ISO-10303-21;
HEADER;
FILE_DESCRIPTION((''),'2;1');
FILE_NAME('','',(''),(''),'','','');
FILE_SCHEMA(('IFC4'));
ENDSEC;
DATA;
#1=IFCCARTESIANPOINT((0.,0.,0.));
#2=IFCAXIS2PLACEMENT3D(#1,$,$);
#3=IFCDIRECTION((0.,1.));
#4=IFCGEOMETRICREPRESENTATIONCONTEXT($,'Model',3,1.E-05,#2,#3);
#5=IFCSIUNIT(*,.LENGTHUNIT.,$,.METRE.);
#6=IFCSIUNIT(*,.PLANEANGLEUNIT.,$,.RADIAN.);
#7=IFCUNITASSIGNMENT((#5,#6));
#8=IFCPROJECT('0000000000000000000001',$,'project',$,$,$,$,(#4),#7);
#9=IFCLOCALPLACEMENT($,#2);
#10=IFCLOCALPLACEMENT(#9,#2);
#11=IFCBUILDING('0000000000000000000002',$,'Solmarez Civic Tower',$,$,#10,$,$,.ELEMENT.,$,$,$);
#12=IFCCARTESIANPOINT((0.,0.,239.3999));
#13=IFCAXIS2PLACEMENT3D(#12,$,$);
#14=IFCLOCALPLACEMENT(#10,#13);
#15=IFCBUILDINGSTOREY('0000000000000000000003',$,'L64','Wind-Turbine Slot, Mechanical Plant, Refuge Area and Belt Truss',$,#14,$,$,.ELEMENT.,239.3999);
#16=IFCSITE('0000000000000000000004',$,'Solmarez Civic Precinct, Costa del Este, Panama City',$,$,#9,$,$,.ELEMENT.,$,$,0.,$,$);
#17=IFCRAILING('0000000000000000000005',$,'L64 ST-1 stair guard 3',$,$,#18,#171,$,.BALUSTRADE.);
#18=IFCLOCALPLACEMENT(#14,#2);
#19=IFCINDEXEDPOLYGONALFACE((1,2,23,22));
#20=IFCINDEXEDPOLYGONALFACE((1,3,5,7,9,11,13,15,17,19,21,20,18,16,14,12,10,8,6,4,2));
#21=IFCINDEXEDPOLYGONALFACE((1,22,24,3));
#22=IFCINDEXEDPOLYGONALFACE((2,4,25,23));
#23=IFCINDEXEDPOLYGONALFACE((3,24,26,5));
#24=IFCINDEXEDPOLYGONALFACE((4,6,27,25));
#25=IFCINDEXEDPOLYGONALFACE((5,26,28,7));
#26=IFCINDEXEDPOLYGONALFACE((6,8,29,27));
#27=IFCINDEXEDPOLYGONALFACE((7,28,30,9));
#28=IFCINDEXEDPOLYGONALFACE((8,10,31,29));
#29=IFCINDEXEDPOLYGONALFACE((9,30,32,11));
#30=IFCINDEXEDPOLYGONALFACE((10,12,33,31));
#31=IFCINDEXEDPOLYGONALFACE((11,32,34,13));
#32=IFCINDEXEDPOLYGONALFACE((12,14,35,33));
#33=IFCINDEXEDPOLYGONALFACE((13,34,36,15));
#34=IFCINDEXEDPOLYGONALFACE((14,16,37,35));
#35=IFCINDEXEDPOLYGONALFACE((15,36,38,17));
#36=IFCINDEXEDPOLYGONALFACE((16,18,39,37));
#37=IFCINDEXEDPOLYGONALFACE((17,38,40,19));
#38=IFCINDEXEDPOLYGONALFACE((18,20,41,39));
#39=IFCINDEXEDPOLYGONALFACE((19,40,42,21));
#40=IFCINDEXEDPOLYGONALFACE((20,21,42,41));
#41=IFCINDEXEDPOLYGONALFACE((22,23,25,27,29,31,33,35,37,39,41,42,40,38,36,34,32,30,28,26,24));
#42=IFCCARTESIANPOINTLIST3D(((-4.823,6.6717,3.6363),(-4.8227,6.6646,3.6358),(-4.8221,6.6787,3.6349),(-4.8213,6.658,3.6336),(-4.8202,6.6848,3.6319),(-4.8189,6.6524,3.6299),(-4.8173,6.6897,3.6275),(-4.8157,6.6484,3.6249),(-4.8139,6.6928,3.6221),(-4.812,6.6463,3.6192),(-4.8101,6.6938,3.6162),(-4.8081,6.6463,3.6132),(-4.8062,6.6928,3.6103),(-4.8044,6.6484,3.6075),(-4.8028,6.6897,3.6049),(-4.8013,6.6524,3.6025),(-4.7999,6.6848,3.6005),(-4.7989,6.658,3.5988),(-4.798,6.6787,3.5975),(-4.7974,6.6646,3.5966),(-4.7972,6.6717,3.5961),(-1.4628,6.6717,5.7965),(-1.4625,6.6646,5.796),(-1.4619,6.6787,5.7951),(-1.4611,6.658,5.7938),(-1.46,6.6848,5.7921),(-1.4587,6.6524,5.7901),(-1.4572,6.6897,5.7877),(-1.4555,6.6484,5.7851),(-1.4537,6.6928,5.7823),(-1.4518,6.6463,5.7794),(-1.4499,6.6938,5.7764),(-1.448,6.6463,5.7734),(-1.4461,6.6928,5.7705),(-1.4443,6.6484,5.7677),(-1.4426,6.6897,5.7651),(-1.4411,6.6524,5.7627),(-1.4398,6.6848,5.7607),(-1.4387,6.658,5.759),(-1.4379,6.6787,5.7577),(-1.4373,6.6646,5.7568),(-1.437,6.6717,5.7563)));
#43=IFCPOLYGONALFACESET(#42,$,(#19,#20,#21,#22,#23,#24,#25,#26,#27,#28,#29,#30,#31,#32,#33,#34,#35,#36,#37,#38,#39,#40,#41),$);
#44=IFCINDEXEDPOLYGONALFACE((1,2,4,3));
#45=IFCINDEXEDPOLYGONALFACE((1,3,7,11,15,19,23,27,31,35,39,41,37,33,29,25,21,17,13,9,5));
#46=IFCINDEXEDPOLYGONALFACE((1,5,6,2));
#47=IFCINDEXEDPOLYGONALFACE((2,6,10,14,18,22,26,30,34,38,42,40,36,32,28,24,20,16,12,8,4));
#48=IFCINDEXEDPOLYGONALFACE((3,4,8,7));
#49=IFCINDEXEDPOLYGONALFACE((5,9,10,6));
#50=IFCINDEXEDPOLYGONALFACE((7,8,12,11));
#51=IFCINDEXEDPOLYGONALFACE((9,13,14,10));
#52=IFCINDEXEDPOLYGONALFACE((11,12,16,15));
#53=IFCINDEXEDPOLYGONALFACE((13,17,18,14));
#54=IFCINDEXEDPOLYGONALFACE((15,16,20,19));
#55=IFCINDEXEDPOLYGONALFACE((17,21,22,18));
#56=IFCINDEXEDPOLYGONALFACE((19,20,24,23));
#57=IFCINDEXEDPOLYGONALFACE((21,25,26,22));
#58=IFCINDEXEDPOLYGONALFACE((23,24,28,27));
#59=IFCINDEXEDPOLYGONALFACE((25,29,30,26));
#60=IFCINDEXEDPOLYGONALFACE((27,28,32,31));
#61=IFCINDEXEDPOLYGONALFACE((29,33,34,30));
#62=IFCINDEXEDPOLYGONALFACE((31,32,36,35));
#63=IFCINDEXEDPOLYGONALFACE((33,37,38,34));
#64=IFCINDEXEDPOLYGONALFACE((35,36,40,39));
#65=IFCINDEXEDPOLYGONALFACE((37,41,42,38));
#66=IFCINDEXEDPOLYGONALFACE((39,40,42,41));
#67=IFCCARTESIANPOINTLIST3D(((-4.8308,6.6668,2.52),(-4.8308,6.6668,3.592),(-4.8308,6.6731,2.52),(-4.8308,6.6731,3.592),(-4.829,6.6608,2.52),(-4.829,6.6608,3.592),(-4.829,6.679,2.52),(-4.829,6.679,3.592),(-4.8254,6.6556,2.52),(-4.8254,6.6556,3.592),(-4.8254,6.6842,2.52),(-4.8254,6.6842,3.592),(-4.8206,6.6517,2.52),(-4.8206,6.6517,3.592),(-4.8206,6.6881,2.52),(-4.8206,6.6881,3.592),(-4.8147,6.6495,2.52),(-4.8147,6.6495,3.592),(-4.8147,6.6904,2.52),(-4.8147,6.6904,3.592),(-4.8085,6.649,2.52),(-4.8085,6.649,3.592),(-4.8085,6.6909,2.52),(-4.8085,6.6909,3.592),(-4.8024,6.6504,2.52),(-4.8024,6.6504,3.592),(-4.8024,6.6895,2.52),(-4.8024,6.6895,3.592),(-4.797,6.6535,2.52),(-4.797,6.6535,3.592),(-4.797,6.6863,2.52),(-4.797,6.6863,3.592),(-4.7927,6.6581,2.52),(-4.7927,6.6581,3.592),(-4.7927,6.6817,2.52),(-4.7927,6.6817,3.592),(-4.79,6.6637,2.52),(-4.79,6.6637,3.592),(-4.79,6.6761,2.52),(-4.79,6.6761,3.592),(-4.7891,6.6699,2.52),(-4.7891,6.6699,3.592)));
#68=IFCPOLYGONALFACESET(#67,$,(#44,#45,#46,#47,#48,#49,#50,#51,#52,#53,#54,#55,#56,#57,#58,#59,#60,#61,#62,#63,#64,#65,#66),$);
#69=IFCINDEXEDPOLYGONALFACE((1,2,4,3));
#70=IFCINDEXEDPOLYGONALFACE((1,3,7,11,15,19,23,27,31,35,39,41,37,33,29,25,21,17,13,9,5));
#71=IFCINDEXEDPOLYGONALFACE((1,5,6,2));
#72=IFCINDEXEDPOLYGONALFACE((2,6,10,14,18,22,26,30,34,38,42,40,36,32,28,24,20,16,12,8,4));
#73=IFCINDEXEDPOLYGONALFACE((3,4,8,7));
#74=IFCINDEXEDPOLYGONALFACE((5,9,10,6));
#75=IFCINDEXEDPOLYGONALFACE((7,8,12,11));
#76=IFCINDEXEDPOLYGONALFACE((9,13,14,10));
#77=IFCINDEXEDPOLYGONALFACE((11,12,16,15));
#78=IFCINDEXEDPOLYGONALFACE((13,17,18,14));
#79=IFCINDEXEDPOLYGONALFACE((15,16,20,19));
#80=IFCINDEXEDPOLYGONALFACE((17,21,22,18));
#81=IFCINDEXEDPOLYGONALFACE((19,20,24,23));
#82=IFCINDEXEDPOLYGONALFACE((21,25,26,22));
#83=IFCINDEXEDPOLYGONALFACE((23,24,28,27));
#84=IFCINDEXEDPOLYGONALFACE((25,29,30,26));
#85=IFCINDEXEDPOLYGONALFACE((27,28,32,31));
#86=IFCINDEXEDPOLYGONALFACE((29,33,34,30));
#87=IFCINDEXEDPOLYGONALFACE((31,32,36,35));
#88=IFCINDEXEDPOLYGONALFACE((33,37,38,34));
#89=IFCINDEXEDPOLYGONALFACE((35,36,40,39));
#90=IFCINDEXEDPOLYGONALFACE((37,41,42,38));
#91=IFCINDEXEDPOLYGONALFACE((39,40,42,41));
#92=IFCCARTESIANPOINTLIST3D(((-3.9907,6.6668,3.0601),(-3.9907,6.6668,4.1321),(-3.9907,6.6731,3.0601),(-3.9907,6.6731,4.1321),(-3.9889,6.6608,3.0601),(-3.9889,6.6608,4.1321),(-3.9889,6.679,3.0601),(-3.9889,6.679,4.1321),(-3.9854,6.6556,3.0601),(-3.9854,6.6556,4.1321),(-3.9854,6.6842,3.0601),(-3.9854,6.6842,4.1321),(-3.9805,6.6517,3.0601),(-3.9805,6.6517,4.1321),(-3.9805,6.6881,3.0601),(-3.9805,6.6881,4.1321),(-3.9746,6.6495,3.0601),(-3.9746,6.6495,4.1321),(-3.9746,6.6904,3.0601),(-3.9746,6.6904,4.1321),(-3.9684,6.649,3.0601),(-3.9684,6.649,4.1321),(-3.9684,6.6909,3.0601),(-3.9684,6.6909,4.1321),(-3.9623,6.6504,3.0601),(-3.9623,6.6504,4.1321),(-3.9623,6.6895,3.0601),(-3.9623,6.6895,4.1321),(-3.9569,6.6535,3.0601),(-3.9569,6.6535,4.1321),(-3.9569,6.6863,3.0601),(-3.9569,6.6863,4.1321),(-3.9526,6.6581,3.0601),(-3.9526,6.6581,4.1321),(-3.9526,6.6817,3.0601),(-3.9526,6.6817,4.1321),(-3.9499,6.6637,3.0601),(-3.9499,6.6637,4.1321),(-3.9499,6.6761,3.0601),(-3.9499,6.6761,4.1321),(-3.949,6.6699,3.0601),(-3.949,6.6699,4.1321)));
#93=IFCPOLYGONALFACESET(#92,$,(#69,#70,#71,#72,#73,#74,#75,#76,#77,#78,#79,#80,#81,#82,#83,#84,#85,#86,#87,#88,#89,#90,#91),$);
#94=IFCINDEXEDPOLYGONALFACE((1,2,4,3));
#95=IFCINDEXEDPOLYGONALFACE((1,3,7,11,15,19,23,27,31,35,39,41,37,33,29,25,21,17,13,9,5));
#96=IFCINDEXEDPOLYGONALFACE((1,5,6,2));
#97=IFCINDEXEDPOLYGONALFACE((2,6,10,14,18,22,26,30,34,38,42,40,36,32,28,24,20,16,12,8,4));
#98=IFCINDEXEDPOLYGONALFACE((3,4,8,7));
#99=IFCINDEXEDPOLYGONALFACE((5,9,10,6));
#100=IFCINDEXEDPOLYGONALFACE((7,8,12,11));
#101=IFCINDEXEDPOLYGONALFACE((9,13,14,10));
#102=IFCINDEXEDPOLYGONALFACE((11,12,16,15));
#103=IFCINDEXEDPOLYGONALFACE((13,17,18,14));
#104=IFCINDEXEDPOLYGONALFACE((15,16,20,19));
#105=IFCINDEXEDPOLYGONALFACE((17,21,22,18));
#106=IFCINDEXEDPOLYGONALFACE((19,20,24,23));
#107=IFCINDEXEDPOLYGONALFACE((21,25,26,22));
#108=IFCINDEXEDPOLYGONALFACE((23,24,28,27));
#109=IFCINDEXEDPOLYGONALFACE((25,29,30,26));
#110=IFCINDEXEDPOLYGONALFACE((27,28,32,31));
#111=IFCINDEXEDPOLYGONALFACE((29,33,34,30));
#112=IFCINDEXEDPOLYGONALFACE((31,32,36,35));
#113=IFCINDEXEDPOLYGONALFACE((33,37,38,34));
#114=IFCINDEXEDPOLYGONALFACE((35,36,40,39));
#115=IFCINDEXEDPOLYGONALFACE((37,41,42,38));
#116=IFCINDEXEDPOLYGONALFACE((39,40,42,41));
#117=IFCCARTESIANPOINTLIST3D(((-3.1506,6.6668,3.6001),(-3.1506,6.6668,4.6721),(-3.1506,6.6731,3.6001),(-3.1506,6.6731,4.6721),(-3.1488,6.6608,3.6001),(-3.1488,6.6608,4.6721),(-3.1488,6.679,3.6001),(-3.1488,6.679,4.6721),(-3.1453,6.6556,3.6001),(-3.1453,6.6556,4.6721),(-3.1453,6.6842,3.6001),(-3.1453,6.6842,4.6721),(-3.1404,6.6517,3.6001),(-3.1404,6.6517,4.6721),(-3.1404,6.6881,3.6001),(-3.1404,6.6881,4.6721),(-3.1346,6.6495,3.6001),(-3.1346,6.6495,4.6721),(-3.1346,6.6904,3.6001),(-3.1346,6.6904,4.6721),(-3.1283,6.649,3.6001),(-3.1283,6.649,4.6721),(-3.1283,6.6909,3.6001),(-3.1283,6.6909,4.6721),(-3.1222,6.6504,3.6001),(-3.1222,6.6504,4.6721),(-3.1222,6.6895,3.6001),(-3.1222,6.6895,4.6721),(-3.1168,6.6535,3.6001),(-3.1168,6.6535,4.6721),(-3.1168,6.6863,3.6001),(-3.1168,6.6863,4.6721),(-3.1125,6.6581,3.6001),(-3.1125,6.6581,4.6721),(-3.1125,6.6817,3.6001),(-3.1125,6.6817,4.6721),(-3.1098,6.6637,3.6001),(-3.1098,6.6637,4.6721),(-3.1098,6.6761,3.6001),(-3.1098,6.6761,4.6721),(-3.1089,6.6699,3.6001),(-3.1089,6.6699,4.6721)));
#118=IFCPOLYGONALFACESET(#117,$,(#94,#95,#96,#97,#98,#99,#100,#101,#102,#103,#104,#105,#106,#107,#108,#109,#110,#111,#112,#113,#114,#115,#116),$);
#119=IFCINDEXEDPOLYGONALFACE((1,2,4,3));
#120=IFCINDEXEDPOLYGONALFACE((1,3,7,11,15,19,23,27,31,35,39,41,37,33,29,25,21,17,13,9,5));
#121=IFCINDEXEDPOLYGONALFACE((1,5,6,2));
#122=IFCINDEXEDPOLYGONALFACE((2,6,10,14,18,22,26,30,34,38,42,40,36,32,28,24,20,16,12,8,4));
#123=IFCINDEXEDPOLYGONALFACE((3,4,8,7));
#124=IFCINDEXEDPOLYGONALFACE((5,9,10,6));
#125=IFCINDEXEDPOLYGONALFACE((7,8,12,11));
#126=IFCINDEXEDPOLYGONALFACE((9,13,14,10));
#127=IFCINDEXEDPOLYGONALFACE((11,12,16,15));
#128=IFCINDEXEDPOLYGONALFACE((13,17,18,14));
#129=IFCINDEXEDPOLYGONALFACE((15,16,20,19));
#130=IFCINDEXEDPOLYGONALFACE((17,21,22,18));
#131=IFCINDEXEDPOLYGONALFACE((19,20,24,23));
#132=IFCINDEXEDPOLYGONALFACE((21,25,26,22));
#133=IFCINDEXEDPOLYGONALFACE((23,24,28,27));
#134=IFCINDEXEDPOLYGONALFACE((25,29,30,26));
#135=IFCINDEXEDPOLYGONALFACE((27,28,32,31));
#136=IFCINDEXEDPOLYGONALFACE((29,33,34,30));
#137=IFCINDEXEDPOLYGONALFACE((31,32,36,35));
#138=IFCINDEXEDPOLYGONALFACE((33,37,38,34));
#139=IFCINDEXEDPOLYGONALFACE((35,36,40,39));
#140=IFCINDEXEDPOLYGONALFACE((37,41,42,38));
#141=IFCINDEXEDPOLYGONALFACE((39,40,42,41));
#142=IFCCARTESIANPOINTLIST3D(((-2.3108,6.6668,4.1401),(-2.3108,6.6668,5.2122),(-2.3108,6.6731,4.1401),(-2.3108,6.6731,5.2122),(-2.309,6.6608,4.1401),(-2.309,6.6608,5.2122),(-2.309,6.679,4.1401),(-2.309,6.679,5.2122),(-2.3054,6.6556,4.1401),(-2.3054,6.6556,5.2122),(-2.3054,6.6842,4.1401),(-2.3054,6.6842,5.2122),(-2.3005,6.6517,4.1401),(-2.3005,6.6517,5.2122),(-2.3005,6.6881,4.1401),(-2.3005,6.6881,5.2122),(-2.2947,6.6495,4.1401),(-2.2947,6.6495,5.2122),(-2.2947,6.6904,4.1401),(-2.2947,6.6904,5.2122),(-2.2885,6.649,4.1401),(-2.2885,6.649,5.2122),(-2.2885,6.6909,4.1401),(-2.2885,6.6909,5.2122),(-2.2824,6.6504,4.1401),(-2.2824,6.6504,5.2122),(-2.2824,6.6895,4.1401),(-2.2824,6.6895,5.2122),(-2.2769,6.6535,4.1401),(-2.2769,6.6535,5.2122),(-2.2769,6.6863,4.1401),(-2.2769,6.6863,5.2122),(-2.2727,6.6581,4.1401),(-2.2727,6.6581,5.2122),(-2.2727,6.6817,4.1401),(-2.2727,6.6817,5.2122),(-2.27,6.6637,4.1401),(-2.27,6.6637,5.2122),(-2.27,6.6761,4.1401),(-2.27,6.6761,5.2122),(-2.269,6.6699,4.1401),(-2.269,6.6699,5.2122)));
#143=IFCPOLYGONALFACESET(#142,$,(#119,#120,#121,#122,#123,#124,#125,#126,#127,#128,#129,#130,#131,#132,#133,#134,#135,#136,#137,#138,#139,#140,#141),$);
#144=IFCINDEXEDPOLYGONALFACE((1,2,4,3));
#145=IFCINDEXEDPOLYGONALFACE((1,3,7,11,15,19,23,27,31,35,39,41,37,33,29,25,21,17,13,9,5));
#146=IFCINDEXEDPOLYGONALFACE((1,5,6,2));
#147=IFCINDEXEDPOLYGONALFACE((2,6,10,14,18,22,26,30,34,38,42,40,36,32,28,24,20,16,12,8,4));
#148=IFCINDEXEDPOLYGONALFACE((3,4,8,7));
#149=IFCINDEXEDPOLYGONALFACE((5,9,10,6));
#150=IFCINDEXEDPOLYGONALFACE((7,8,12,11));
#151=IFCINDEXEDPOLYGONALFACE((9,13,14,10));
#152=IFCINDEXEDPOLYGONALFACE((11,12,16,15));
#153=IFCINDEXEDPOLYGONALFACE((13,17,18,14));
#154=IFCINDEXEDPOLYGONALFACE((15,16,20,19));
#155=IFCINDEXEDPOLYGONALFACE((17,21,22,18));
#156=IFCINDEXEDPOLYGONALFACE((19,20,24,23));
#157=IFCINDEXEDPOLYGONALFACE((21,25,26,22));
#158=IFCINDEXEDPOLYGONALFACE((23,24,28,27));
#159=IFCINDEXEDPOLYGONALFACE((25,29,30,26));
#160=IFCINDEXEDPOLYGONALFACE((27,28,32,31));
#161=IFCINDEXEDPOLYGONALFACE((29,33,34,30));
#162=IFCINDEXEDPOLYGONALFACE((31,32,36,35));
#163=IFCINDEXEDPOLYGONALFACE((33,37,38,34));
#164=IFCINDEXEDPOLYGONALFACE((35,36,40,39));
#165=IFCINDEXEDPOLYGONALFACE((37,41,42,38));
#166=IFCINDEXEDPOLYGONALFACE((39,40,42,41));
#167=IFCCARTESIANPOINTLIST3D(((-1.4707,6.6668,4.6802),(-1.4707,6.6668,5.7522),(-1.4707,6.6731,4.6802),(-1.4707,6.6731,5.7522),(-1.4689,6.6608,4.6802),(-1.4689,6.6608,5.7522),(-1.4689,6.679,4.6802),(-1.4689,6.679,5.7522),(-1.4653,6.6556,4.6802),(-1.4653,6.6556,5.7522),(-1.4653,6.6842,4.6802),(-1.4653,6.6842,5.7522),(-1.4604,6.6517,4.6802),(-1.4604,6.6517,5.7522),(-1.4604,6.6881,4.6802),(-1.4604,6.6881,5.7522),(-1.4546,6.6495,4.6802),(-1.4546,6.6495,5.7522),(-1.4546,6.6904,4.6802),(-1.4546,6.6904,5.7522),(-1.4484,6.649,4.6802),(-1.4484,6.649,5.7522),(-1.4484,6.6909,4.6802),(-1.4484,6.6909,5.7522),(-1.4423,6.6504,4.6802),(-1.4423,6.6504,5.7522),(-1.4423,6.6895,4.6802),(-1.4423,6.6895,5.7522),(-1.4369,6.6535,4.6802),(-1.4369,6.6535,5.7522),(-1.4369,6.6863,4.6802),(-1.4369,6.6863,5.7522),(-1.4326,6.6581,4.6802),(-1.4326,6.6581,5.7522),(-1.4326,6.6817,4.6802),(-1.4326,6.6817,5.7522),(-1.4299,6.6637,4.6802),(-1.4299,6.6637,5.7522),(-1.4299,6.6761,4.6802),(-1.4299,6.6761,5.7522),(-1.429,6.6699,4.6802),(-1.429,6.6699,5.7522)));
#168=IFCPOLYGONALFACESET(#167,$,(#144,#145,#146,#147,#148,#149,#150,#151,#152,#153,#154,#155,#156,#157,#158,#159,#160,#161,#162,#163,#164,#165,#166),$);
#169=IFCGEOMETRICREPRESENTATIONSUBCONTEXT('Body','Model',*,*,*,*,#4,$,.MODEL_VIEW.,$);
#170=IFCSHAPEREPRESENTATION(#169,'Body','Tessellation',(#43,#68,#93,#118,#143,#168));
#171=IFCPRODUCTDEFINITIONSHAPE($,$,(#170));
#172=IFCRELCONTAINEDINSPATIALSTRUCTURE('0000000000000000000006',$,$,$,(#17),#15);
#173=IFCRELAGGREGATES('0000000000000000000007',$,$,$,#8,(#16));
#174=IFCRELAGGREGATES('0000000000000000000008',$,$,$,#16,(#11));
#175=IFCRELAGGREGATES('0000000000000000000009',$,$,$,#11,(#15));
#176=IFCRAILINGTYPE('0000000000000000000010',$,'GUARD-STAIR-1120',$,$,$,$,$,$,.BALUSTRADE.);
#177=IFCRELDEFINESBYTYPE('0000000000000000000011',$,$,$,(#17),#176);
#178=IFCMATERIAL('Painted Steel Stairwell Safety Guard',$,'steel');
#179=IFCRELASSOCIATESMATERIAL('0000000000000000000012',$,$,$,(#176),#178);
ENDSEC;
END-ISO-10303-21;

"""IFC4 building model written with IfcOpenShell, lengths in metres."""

from ifc_helpers import new_model, si_unit, direction, frame, origin, origin_2d, place, context, subcontext, project, spatial, circle, extrude, material, type_object, element, save


model = new_model("IFC4")

# Units and contexts
model_context = context("Model", 3, precision=1e-05, world=origin(), true_north=direction((0.0, 1.0)))
body_context = subcontext(model_context, "Body", "Model", "MODEL_VIEW")
ifc_project = project(units=[si_unit("LENGTHUNIT", "METRE"), si_unit("PLANEANGLEUNIT", "RADIAN")], contexts=[model_context])

# Site, building, storey
site_placement = place(None, origin())
site = spatial("IfcSite", under=ifc_project, at=site_placement, Name="Solmarez Civic Precinct, Costa del Este, Panama City", CompositionType="ELEMENT", RefElevation=0.0)
building_placement = place(site_placement, origin())
building = spatial("IfcBuilding", under=site, at=building_placement, Name="Solmarez Civic Tower", CompositionType="ELEMENT")
storey_placement = place(building_placement, frame((0.0, 0.0, 239.3999)))
storey = spatial("IfcBuildingStorey", under=building, at=storey_placement, Name="L64", Description="Wind-Turbine Slot, Mechanical Plant, Refuge Area and Belt Truss", CompositionType="ELEMENT", Elevation=239.3999)

# Railing
ifc_material_1 = material(Name="Painted Steel Stairwell Safety Guard", Category="steel")
railing_type_1 = type_object("IfcRailingType", Name="GUARD-STAIR-1120", PredefinedType="BALUSTRADE", material=ifc_material_1)
railing_1_placement = place(storey_placement, frame((-4.8101, 6.6699, 2.52)))
element("IfcRailing", 1, at=railing_1_placement, inside=storey, type_object=railing_type_1, Name="L64 ST-1 stair guard 3", PredefinedType="BALUSTRADE", context=body_context, shape_type="SweptSolid", body=[
    extrude(circle(Radius=0.0239, at=origin_2d()), frame((0.0, 0.0, 1.0962), z_axis=(0.841169, 0.0, 0.540773), x_axis=(0.0, 1.0, 0.0)), (0.0, 0.0, 1.0), 3.9946),
    extrude(circle(Radius=0.021, at=origin_2d()), origin(), (0.0, 0.0, 1.0), 1.072),
    extrude(circle(Radius=0.021, at=origin_2d()), frame((0.8401, 0.0, 0.54)), (0.0, 0.0, 1.0), 1.072),
    extrude(circle(Radius=0.021, at=origin_2d()), frame((1.6802, 0.0, 1.0801)), (0.0, 0.0, 1.0), 1.072),
    extrude(circle(Radius=0.021, at=origin_2d()), frame((2.52, 0.0, 1.6201)), (0.0, 0.0, 1.0), 1.072),
    extrude(circle(Radius=0.021, at=origin_2d()), frame((3.3601, 0.0, 2.1602)), (0.0, 0.0, 1.0), 1.072),
])

save(model, "model.ifc")
